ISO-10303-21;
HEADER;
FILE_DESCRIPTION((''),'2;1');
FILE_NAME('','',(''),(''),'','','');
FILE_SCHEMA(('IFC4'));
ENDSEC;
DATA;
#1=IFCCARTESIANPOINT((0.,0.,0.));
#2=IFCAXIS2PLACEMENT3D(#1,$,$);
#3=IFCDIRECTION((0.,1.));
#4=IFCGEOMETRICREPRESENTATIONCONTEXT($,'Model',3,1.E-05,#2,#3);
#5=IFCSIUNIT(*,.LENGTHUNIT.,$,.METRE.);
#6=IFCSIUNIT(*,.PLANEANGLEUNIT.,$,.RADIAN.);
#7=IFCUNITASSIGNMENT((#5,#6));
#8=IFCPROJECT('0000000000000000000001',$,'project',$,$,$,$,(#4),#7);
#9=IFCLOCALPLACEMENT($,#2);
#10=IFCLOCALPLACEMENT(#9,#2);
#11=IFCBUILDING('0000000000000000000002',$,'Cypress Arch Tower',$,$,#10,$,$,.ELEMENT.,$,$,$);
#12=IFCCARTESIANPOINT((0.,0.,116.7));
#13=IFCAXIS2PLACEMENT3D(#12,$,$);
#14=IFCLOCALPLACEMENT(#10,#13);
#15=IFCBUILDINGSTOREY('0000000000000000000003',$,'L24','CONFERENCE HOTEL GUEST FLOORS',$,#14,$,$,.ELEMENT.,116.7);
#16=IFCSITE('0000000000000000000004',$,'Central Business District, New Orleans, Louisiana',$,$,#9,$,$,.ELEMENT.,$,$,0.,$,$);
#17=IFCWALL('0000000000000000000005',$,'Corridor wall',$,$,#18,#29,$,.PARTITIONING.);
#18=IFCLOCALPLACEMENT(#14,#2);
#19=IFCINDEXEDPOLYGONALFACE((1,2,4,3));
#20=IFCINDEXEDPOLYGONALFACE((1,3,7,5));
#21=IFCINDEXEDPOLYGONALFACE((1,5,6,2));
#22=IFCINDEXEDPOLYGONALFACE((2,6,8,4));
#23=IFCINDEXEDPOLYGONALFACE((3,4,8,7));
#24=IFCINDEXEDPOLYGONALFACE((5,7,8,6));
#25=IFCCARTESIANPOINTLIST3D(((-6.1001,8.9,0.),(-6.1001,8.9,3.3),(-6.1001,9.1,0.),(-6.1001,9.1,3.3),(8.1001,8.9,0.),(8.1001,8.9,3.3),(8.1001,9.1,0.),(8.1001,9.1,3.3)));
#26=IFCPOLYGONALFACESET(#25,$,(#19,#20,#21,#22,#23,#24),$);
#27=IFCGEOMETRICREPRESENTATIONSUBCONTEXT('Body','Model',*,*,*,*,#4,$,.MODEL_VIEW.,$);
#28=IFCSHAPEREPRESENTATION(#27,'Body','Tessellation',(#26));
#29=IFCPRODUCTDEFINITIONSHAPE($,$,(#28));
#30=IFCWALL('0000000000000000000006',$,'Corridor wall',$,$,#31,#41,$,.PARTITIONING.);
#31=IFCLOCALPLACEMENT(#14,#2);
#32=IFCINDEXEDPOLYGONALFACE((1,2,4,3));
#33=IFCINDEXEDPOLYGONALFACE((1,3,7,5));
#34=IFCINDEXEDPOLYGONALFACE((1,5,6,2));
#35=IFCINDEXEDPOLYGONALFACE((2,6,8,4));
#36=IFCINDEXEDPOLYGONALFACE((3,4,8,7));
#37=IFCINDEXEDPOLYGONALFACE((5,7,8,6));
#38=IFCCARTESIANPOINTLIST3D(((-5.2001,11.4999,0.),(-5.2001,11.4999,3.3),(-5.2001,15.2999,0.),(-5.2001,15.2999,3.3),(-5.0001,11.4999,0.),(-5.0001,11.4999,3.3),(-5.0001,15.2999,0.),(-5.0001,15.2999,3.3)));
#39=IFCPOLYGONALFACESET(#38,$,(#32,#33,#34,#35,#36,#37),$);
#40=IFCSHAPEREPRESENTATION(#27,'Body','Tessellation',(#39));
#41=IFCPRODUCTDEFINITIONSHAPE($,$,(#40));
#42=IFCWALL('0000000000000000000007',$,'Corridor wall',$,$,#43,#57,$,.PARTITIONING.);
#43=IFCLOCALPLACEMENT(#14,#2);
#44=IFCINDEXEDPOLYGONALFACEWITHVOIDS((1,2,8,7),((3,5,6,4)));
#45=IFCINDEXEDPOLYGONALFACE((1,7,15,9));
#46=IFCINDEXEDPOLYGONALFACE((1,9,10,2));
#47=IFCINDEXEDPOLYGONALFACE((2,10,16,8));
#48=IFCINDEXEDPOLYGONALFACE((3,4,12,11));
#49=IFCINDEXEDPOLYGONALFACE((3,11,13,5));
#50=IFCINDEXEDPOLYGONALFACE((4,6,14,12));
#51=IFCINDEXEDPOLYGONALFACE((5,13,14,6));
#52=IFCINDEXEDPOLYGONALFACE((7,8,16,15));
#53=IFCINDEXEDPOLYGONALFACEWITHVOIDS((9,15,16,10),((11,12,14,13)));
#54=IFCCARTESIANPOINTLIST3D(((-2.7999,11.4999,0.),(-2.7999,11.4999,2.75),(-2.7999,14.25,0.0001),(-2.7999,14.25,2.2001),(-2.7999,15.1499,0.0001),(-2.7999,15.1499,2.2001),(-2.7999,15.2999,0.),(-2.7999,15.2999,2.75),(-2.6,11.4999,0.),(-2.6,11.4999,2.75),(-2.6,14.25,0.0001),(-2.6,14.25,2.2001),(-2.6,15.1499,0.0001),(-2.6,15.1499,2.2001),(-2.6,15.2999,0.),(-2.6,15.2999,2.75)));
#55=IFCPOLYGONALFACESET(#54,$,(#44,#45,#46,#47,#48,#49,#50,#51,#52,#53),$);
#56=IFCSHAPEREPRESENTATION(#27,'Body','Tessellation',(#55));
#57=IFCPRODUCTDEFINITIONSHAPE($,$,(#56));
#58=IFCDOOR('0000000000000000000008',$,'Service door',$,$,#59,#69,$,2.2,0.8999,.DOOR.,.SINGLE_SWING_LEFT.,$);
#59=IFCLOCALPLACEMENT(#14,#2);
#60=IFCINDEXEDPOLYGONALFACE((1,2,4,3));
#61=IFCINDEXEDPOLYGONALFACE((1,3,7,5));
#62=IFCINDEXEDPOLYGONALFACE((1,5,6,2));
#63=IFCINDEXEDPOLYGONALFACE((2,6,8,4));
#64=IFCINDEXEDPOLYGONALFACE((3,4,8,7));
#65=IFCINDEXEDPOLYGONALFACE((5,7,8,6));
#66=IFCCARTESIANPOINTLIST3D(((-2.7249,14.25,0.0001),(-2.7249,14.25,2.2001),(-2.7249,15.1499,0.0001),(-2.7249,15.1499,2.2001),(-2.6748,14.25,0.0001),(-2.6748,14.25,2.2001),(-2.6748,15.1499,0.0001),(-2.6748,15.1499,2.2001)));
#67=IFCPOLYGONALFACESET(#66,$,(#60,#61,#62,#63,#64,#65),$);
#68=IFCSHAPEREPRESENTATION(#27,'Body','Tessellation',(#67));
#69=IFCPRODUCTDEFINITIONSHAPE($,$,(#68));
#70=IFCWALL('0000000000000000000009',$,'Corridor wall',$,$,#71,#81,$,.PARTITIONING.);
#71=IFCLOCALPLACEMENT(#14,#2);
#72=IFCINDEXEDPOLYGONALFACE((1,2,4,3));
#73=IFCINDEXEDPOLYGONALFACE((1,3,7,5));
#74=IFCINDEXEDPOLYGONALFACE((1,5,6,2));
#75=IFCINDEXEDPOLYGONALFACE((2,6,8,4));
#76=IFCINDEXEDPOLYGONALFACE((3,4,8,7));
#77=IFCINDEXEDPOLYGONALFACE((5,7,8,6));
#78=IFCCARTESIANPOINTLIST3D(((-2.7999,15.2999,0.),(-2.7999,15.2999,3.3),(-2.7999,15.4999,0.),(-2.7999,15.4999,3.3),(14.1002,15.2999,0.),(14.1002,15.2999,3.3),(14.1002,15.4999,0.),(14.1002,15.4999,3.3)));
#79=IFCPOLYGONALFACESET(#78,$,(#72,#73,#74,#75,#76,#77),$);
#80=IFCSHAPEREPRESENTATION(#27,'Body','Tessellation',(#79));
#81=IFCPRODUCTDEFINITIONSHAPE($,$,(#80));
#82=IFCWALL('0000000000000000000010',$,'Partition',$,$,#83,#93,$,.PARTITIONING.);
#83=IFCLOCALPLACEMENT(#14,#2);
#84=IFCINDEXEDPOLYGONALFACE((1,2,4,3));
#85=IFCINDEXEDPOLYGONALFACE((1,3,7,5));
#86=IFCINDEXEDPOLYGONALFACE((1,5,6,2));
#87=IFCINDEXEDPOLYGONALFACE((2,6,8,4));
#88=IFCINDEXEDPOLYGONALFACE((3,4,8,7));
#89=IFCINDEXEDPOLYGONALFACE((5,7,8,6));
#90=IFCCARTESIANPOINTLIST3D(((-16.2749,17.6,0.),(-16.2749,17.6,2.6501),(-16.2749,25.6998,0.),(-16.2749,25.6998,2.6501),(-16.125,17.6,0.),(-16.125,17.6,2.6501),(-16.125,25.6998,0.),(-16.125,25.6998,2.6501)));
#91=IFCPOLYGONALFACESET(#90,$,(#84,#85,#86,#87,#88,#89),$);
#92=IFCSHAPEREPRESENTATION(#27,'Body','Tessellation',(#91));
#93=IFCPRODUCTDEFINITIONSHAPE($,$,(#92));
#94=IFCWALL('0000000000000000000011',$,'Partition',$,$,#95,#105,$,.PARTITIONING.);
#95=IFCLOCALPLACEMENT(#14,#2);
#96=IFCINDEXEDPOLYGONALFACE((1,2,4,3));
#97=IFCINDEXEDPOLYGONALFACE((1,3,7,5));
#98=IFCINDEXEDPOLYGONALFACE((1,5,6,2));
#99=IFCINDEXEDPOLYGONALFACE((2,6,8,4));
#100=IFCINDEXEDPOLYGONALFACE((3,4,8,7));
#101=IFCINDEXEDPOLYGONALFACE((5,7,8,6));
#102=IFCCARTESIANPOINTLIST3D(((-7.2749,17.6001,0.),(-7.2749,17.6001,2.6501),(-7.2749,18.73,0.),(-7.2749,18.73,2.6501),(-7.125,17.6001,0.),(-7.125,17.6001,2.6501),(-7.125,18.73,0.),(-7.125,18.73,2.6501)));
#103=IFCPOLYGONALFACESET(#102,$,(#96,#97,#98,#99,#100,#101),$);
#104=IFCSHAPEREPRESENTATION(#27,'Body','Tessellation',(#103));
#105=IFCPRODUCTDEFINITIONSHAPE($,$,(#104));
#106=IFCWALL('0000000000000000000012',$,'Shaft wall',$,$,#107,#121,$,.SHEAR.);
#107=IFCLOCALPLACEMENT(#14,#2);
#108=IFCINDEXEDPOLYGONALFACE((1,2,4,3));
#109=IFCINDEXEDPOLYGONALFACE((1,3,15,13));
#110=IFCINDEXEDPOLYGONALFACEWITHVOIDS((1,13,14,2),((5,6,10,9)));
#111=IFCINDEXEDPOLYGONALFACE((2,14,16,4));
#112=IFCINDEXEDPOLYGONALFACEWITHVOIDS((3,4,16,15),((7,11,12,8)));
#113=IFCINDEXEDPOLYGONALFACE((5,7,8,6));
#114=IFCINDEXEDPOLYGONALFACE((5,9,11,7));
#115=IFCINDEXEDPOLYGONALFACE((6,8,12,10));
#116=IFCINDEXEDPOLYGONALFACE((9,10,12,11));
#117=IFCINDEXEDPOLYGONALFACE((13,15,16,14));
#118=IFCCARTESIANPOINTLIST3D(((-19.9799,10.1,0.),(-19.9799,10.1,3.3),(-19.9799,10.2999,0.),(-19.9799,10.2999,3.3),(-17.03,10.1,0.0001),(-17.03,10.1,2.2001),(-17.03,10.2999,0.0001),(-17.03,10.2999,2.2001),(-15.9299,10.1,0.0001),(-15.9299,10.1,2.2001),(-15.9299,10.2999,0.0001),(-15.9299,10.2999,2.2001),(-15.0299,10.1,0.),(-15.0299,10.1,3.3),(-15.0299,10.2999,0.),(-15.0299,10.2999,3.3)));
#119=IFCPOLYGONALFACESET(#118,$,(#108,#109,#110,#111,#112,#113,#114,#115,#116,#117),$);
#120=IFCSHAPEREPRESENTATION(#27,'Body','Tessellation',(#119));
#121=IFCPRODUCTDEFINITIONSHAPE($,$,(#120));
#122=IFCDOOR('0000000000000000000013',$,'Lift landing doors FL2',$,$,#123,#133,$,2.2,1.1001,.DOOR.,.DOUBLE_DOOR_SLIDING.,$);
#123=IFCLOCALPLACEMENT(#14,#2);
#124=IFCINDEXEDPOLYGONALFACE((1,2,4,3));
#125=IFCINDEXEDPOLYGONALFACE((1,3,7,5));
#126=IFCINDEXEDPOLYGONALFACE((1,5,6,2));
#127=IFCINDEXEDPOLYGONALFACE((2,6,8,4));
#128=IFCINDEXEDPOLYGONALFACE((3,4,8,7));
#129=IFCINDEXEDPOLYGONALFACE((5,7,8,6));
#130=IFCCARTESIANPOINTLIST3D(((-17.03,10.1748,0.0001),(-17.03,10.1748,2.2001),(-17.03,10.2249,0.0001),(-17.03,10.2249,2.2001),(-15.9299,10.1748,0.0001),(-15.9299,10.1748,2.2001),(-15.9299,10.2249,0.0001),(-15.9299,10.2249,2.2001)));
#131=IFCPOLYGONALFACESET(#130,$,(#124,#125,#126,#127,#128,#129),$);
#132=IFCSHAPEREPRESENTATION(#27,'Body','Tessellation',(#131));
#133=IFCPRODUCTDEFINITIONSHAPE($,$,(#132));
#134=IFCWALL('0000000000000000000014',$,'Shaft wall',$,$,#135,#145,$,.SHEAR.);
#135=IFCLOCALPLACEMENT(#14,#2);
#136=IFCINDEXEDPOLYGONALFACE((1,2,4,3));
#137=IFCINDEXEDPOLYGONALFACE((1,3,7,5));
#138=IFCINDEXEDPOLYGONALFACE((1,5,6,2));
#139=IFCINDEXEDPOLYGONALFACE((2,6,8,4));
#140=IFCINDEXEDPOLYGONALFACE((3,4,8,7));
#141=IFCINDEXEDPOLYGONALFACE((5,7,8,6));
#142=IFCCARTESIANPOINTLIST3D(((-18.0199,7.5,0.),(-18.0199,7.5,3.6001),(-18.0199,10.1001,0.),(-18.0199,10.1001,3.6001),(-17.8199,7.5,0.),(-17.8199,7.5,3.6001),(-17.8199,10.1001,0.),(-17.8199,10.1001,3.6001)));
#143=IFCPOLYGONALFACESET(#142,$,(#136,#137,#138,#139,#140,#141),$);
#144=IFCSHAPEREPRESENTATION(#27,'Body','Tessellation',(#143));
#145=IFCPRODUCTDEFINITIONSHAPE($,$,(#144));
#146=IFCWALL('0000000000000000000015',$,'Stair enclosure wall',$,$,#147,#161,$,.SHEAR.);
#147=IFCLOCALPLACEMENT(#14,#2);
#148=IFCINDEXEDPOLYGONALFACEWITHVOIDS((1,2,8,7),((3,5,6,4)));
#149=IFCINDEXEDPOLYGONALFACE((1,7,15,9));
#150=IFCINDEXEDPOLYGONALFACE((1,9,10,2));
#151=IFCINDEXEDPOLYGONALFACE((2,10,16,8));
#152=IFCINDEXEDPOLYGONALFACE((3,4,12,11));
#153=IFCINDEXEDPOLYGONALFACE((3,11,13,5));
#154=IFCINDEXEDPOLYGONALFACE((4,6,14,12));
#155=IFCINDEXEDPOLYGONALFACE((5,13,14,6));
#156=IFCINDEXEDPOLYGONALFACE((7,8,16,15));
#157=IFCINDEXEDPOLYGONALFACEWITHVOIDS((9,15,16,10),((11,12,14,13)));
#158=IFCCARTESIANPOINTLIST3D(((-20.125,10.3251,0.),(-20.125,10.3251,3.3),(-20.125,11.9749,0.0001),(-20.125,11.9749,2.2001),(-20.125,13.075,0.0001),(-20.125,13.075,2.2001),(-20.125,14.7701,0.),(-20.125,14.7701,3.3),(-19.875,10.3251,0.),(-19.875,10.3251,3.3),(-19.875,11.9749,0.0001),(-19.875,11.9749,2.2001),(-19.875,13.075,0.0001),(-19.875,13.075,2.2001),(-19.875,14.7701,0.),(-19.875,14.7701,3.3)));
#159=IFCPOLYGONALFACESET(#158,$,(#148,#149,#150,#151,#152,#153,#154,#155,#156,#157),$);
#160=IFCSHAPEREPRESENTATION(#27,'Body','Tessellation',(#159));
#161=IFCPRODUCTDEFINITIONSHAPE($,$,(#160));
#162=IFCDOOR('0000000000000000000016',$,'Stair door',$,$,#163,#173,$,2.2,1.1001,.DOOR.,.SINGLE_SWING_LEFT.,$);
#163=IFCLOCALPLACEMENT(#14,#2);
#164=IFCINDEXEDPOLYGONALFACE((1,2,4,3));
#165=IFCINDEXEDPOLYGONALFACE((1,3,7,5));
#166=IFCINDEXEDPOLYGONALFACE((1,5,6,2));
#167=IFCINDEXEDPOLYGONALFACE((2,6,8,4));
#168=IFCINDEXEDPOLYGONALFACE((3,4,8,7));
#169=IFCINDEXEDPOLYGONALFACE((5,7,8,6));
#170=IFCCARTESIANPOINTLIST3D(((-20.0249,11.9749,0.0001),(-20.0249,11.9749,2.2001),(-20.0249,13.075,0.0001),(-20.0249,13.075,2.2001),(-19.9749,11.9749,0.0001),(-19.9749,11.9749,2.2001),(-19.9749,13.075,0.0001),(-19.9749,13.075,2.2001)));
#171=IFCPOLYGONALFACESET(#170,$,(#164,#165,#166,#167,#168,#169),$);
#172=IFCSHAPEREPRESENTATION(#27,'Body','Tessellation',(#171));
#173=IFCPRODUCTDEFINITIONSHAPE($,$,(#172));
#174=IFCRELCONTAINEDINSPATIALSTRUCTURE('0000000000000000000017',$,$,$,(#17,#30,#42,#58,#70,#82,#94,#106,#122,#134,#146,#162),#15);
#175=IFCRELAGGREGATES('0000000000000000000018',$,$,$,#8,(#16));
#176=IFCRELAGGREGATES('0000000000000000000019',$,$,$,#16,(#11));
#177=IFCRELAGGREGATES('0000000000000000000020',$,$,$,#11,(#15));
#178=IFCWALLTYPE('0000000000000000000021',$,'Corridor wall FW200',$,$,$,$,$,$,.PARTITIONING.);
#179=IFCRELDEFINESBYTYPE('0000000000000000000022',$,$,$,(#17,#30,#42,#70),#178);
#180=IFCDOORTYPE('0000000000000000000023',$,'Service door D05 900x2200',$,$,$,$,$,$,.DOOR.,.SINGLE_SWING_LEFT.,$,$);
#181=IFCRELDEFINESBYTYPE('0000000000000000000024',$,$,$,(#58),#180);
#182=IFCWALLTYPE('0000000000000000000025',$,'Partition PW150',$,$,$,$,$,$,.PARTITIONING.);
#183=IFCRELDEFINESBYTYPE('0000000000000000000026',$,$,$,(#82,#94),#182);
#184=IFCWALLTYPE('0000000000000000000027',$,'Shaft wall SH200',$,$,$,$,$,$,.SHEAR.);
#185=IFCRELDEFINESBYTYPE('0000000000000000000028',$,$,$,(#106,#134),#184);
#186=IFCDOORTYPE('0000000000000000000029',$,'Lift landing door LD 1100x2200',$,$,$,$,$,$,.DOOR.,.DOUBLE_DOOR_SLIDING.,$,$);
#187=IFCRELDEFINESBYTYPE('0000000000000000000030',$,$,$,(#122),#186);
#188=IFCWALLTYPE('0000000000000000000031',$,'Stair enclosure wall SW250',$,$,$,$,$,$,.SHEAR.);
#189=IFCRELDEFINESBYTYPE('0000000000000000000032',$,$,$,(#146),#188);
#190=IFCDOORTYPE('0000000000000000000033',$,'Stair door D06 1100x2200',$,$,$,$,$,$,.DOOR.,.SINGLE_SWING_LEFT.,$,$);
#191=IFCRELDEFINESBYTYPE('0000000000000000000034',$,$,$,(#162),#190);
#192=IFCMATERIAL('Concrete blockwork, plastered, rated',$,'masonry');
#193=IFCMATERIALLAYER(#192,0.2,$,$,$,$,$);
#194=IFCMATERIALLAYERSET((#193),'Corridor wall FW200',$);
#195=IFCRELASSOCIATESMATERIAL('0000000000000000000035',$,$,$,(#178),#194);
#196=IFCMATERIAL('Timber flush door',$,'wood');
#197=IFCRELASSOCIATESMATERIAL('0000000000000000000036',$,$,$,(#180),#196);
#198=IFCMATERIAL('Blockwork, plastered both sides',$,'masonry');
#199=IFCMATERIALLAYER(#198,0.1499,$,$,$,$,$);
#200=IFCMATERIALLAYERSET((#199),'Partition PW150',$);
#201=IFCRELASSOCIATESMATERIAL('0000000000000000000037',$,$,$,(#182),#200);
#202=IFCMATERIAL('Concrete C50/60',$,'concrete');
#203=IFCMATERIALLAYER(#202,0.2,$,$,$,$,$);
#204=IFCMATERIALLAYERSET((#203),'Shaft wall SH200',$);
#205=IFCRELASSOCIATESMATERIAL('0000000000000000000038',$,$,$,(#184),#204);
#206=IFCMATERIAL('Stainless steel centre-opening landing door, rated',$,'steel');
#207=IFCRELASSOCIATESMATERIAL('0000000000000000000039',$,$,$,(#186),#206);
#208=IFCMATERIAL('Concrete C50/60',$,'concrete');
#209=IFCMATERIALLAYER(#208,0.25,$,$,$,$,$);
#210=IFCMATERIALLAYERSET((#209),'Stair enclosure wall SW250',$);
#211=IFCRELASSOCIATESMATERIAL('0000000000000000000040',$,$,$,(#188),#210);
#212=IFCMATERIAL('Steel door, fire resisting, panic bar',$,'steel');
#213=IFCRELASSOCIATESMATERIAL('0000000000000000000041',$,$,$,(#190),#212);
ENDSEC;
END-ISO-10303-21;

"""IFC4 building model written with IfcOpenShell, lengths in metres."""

from ifc_helpers import new_model, si_unit, direction, frame, frame_2d, origin, place, context, subcontext, project, spatial, rectangle, extrude, material, layer, layer_set, type_object, element, fill, save


model = new_model("IFC4")

# Units and contexts
model_context = context("Model", 3, precision=1e-05, world=origin(), true_north=direction((0.0, 1.0)))
body_context = subcontext(model_context, "Body", "Model", "MODEL_VIEW")
ifc_project = project(units=[si_unit("LENGTHUNIT", "METRE"), si_unit("PLANEANGLEUNIT", "RADIAN")], contexts=[model_context])

# Site, building, storey
site_placement = place(None, origin())
site = spatial("IfcSite", under=ifc_project, at=site_placement, Name="Central Business District, New Orleans, Louisiana", CompositionType="ELEMENT", RefElevation=0.0)
building_placement = place(site_placement, origin())
building = spatial("IfcBuilding", under=site, at=building_placement, Name="Cypress Arch Tower", CompositionType="ELEMENT")
storey_placement = place(building_placement, frame((0.0, 0.0, 116.7)))
storey = spatial("IfcBuildingStorey", under=building, at=storey_placement, Name="L24", Description="CONFERENCE HOTEL GUEST FLOORS", CompositionType="ELEMENT", Elevation=116.7)

# Shared definitions
ifc_material_1 = material(Name="Concrete blockwork, plastered, rated", Category="masonry")
ifc_layer_1 = layer(ifc_material_1, 0.2)
ifc_layer_set_1 = layer_set([ifc_layer_1], Name="Corridor wall FW200")
wall_type_1 = type_object("IfcWallType", Name="Corridor wall FW200", PredefinedType="PARTITIONING", material=ifc_layer_set_1)

# Walls
wall_1_placement = place(storey_placement, frame((-6.1001, 9.0, 0.0), z_axis=(0.0, 0.0, 1.0), x_axis=(1.0, 0.0, 0.0)))
element("IfcWall", 1, at=wall_1_placement, inside=storey, type_object=wall_type_1, Name="Corridor wall", PredefinedType="PARTITIONING", context=body_context, shape_type="SweptSolid", body=[
    extrude(rectangle(XDim=14.2002, YDim=0.2, at=frame_2d((7.1001, 0.0))), origin(), (0.0, 0.0, 1.0), 3.3),
])
wall_2_placement = place(storey_placement, frame((-5.1001, 11.5, 0.0), z_axis=(0.0, 0.0, 1.0), x_axis=(0.0, 1.0, 0.0)))
element("IfcWall", 2, at=wall_2_placement, inside=storey, type_object=wall_type_1, Name="Corridor wall", PredefinedType="PARTITIONING", context=body_context, shape_type="SweptSolid", body=[
    extrude(rectangle(XDim=3.8, YDim=0.2, at=frame_2d((1.8999, 0.0))), origin(), (0.0, 0.0, 1.0), 3.3),
])

# Wall, opening, door
wall_3_placement = place(storey_placement, frame((-2.7, 11.5, 0.0), z_axis=(0.0, 0.0, 1.0), x_axis=(0.0, 1.0, 0.0)))
wall_3 = element("IfcWall", 3, at=wall_3_placement, inside=storey, type_object=wall_type_1, Name="Corridor wall", PredefinedType="PARTITIONING", context=body_context, shape_type="SweptSolid", body=[
    extrude(rectangle(XDim=3.8, YDim=0.2, at=frame_2d((1.8999, 0.0))), origin(), (0.0, 0.0, 1.0), 2.75),
])
opening_1_placement = place(wall_3_placement, frame((2.75, 0.0, 0.0)))
opening_1 = element("IfcOpeningElement", 4, at=opening_1_placement, cuts=wall_3, PredefinedType="OPENING", context=body_context, shape_type="SweptSolid", body=[
    extrude(rectangle(XDim=0.8999, YDim=2.2, at=frame_2d((0.45, 1.1001))), frame((0.0, 0.1099, 0.0), z_axis=(0.0, -1.0, 0.0), x_axis=(1.0, 0.0, 0.0)), (0.0, 0.0, 1.0), 0.22),
])
ifc_material_2 = material(Name="Timber flush door", Category="wood")
door_type_1 = type_object("IfcDoorType", Name="Service door D05 900x2200", OperationType="SINGLE_SWING_LEFT", PredefinedType="DOOR", material=ifc_material_2)
door_1_placement = place(opening_1_placement, origin())
door_1 = element("IfcDoor", 5, at=door_1_placement, inside=storey, type_object=door_type_1, Name="Service door", OperationType="SINGLE_SWING_LEFT", OverallHeight=2.2, OverallWidth=0.8999, PredefinedType="DOOR", context=body_context, shape_type="SweptSolid", body=[
    extrude(rectangle(XDim=0.8999, YDim=2.2, at=frame_2d((0.45, 1.1001))), frame((0.0, 0.0249, 0.0), z_axis=(0.0, -1.0, 0.0), x_axis=(1.0, 0.0, 0.0)), (0.0, 0.0, 1.0), 0.05),
])
fill(opening_1, door_1)

# Walls
wall_4_placement = place(storey_placement, frame((-2.8, 15.3999, 0.0), z_axis=(0.0, 0.0, 1.0), x_axis=(1.0, 0.0, 0.0)))
element("IfcWall", 6, at=wall_4_placement, inside=storey, type_object=wall_type_1, Name="Corridor wall", PredefinedType="PARTITIONING", context=body_context, shape_type="SweptSolid", body=[
    extrude(rectangle(XDim=16.9001, YDim=0.2, at=frame_2d((8.4502, 0.0))), origin(), (0.0, 0.0, 1.0), 3.3),
])
ifc_material_3 = material(Name="Blockwork, plastered both sides", Category="masonry")
ifc_layer_2 = layer(ifc_material_3, 0.1499)
ifc_layer_set_2 = layer_set([ifc_layer_2], Name="Partition PW150")
wall_type_2 = type_object("IfcWallType", Name="Partition PW150", PredefinedType="PARTITIONING", material=ifc_layer_set_2)
wall_5_placement = place(storey_placement, frame((-16.2, 17.6001, 0.0), z_axis=(0.0, 0.0, 1.0), x_axis=(0.0, 1.0, 0.0)))
element("IfcWall", 7, at=wall_5_placement, inside=storey, type_object=wall_type_2, Name="Partition", PredefinedType="PARTITIONING", context=body_context, shape_type="SweptSolid", body=[
    extrude(rectangle(XDim=8.0999, YDim=0.1499, at=frame_2d((4.0498, 0.0))), origin(), (0.0, 0.0, 1.0), 2.6501),
])
wall_6_placement = place(storey_placement, frame((-7.2, 17.6001, 0.0), z_axis=(0.0, 0.0, 1.0), x_axis=(0.0, 1.0, 0.0)))
element("IfcWall", 8, at=wall_6_placement, inside=storey, type_object=wall_type_2, Name="Partition", PredefinedType="PARTITIONING", context=body_context, shape_type="SweptSolid", body=[
    extrude(rectangle(XDim=1.1299, YDim=0.1499, at=frame_2d((0.5649, 0.0))), origin(), (0.0, 0.0, 1.0), 2.6501),
])

# Wall, opening, door
ifc_material_4 = material(Name="Concrete C50/60", Category="concrete")
ifc_layer_3 = layer(ifc_material_4, 0.2)
ifc_layer_set_3 = layer_set([ifc_layer_3], Name="Shaft wall SH200")
wall_type_3 = type_object("IfcWallType", Name="Shaft wall SH200", PredefinedType="SHEAR", material=ifc_layer_set_3)
wall_7_placement = place(storey_placement, frame((-19.98, 10.2, 0.0), z_axis=(0.0, 0.0, 1.0), x_axis=(1.0, 0.0, 0.0)))
wall_7 = element("IfcWall", 9, at=wall_7_placement, inside=storey, type_object=wall_type_3, Name="Shaft wall", PredefinedType="SHEAR", context=body_context, shape_type="SweptSolid", body=[
    extrude(rectangle(XDim=4.95, YDim=0.2, at=frame_2d((2.4751, 0.0))), origin(), (0.0, 0.0, 1.0), 3.3),
])
opening_2_placement = place(wall_7_placement, frame((2.95, 0.0, 0.0)))
opening_2 = element("IfcOpeningElement", 10, at=opening_2_placement, cuts=wall_7, PredefinedType="OPENING", context=body_context, shape_type="SweptSolid", body=[
    extrude(rectangle(XDim=1.1001, YDim=2.2, at=frame_2d((0.55, 1.1001))), frame((0.0, 0.1099, 0.0), z_axis=(0.0, -1.0, 0.0), x_axis=(1.0, 0.0, 0.0)), (0.0, 0.0, 1.0), 0.22),
])
ifc_material_5 = material(Name="Stainless steel centre-opening landing door, rated", Category="steel")
door_type_2 = type_object("IfcDoorType", Name="Lift landing door LD 1100x2200", OperationType="DOUBLE_DOOR_SLIDING", PredefinedType="DOOR", material=ifc_material_5)
door_2_placement = place(opening_2_placement, origin())
door_2 = element("IfcDoor", 11, at=door_2_placement, inside=storey, type_object=door_type_2, Name="Lift landing doors FL2", OperationType="DOUBLE_DOOR_SLIDING", OverallHeight=2.2, OverallWidth=1.1001, PredefinedType="DOOR", context=body_context, shape_type="SweptSolid", body=[
    extrude(rectangle(XDim=1.1001, YDim=2.2, at=frame_2d((0.55, 1.1001))), frame((0.0, 0.0249, 0.0), z_axis=(0.0, -1.0, 0.0), x_axis=(1.0, 0.0, 0.0)), (0.0, 0.0, 1.0), 0.05),
])
fill(opening_2, door_2)

# Wall
wall_8_placement = place(storey_placement, frame((-17.9199, 7.5, 0.0), z_axis=(0.0, 0.0, 1.0), x_axis=(0.0, 1.0, 0.0)))
element("IfcWall", 12, at=wall_8_placement, inside=storey, type_object=wall_type_3, Name="Shaft wall", PredefinedType="SHEAR", context=body_context, shape_type="SweptSolid", body=[
    extrude(rectangle(XDim=2.6001, YDim=0.2, at=frame_2d((1.3, 0.0))), origin(), (0.0, 0.0, 1.0), 3.6001),
])

# Wall, opening, door
ifc_material_6 = material(Name="Concrete C50/60", Category="concrete")
ifc_layer_4 = layer(ifc_material_6, 0.25)
ifc_layer_set_4 = layer_set([ifc_layer_4], Name="Stair enclosure wall SW250")
wall_type_4 = type_object("IfcWallType", Name="Stair enclosure wall SW250", PredefinedType="SHEAR", material=ifc_layer_set_4)
wall_9_placement = place(storey_placement, frame((-20.0, 10.325, 0.0), z_axis=(0.0, 0.0, 1.0), x_axis=(0.0, 1.0, 0.0)))
wall_9 = element("IfcWall", 13, at=wall_9_placement, inside=storey, type_object=wall_type_4, Name="Stair enclosure wall", PredefinedType="SHEAR", context=body_context, shape_type="SweptSolid", body=[
    extrude(rectangle(XDim=4.4451, YDim=0.25, at=frame_2d((2.2227, 0.0))), origin(), (0.0, 0.0, 1.0), 3.3),
])
opening_3_placement = place(wall_9_placement, frame((1.6499, 0.0, 0.0)))
opening_3 = element("IfcOpeningElement", 14, at=opening_3_placement, cuts=wall_9, PredefinedType="OPENING", context=body_context, shape_type="SweptSolid", body=[
    extrude(rectangle(XDim=1.1001, YDim=2.2, at=frame_2d((0.55, 1.1001))), frame((0.0, 0.135, 0.0), z_axis=(0.0, -1.0, 0.0), x_axis=(1.0, 0.0, 0.0)), (0.0, 0.0, 1.0), 0.27),
])
ifc_material_7 = material(Name="Steel door, fire resisting, panic bar", Category="steel")
door_type_3 = type_object("IfcDoorType", Name="Stair door D06 1100x2200", OperationType="SINGLE_SWING_LEFT", PredefinedType="DOOR", material=ifc_material_7)
door_3_placement = place(opening_3_placement, origin())
door_3 = element("IfcDoor", 15, at=door_3_placement, inside=storey, type_object=door_type_3, Name="Stair door", OperationType="SINGLE_SWING_LEFT", OverallHeight=2.2, OverallWidth=1.1001, PredefinedType="DOOR", context=body_context, shape_type="SweptSolid", body=[
    extrude(rectangle(XDim=1.1001, YDim=2.2, at=frame_2d((0.55, 1.1001))), frame((0.0, 0.0249, 0.0), z_axis=(0.0, -1.0, 0.0), x_axis=(1.0, 0.0, 0.0)), (0.0, 0.0, 1.0), 0.05),
])
fill(opening_3, door_3)

save(model, "model.ifc")
